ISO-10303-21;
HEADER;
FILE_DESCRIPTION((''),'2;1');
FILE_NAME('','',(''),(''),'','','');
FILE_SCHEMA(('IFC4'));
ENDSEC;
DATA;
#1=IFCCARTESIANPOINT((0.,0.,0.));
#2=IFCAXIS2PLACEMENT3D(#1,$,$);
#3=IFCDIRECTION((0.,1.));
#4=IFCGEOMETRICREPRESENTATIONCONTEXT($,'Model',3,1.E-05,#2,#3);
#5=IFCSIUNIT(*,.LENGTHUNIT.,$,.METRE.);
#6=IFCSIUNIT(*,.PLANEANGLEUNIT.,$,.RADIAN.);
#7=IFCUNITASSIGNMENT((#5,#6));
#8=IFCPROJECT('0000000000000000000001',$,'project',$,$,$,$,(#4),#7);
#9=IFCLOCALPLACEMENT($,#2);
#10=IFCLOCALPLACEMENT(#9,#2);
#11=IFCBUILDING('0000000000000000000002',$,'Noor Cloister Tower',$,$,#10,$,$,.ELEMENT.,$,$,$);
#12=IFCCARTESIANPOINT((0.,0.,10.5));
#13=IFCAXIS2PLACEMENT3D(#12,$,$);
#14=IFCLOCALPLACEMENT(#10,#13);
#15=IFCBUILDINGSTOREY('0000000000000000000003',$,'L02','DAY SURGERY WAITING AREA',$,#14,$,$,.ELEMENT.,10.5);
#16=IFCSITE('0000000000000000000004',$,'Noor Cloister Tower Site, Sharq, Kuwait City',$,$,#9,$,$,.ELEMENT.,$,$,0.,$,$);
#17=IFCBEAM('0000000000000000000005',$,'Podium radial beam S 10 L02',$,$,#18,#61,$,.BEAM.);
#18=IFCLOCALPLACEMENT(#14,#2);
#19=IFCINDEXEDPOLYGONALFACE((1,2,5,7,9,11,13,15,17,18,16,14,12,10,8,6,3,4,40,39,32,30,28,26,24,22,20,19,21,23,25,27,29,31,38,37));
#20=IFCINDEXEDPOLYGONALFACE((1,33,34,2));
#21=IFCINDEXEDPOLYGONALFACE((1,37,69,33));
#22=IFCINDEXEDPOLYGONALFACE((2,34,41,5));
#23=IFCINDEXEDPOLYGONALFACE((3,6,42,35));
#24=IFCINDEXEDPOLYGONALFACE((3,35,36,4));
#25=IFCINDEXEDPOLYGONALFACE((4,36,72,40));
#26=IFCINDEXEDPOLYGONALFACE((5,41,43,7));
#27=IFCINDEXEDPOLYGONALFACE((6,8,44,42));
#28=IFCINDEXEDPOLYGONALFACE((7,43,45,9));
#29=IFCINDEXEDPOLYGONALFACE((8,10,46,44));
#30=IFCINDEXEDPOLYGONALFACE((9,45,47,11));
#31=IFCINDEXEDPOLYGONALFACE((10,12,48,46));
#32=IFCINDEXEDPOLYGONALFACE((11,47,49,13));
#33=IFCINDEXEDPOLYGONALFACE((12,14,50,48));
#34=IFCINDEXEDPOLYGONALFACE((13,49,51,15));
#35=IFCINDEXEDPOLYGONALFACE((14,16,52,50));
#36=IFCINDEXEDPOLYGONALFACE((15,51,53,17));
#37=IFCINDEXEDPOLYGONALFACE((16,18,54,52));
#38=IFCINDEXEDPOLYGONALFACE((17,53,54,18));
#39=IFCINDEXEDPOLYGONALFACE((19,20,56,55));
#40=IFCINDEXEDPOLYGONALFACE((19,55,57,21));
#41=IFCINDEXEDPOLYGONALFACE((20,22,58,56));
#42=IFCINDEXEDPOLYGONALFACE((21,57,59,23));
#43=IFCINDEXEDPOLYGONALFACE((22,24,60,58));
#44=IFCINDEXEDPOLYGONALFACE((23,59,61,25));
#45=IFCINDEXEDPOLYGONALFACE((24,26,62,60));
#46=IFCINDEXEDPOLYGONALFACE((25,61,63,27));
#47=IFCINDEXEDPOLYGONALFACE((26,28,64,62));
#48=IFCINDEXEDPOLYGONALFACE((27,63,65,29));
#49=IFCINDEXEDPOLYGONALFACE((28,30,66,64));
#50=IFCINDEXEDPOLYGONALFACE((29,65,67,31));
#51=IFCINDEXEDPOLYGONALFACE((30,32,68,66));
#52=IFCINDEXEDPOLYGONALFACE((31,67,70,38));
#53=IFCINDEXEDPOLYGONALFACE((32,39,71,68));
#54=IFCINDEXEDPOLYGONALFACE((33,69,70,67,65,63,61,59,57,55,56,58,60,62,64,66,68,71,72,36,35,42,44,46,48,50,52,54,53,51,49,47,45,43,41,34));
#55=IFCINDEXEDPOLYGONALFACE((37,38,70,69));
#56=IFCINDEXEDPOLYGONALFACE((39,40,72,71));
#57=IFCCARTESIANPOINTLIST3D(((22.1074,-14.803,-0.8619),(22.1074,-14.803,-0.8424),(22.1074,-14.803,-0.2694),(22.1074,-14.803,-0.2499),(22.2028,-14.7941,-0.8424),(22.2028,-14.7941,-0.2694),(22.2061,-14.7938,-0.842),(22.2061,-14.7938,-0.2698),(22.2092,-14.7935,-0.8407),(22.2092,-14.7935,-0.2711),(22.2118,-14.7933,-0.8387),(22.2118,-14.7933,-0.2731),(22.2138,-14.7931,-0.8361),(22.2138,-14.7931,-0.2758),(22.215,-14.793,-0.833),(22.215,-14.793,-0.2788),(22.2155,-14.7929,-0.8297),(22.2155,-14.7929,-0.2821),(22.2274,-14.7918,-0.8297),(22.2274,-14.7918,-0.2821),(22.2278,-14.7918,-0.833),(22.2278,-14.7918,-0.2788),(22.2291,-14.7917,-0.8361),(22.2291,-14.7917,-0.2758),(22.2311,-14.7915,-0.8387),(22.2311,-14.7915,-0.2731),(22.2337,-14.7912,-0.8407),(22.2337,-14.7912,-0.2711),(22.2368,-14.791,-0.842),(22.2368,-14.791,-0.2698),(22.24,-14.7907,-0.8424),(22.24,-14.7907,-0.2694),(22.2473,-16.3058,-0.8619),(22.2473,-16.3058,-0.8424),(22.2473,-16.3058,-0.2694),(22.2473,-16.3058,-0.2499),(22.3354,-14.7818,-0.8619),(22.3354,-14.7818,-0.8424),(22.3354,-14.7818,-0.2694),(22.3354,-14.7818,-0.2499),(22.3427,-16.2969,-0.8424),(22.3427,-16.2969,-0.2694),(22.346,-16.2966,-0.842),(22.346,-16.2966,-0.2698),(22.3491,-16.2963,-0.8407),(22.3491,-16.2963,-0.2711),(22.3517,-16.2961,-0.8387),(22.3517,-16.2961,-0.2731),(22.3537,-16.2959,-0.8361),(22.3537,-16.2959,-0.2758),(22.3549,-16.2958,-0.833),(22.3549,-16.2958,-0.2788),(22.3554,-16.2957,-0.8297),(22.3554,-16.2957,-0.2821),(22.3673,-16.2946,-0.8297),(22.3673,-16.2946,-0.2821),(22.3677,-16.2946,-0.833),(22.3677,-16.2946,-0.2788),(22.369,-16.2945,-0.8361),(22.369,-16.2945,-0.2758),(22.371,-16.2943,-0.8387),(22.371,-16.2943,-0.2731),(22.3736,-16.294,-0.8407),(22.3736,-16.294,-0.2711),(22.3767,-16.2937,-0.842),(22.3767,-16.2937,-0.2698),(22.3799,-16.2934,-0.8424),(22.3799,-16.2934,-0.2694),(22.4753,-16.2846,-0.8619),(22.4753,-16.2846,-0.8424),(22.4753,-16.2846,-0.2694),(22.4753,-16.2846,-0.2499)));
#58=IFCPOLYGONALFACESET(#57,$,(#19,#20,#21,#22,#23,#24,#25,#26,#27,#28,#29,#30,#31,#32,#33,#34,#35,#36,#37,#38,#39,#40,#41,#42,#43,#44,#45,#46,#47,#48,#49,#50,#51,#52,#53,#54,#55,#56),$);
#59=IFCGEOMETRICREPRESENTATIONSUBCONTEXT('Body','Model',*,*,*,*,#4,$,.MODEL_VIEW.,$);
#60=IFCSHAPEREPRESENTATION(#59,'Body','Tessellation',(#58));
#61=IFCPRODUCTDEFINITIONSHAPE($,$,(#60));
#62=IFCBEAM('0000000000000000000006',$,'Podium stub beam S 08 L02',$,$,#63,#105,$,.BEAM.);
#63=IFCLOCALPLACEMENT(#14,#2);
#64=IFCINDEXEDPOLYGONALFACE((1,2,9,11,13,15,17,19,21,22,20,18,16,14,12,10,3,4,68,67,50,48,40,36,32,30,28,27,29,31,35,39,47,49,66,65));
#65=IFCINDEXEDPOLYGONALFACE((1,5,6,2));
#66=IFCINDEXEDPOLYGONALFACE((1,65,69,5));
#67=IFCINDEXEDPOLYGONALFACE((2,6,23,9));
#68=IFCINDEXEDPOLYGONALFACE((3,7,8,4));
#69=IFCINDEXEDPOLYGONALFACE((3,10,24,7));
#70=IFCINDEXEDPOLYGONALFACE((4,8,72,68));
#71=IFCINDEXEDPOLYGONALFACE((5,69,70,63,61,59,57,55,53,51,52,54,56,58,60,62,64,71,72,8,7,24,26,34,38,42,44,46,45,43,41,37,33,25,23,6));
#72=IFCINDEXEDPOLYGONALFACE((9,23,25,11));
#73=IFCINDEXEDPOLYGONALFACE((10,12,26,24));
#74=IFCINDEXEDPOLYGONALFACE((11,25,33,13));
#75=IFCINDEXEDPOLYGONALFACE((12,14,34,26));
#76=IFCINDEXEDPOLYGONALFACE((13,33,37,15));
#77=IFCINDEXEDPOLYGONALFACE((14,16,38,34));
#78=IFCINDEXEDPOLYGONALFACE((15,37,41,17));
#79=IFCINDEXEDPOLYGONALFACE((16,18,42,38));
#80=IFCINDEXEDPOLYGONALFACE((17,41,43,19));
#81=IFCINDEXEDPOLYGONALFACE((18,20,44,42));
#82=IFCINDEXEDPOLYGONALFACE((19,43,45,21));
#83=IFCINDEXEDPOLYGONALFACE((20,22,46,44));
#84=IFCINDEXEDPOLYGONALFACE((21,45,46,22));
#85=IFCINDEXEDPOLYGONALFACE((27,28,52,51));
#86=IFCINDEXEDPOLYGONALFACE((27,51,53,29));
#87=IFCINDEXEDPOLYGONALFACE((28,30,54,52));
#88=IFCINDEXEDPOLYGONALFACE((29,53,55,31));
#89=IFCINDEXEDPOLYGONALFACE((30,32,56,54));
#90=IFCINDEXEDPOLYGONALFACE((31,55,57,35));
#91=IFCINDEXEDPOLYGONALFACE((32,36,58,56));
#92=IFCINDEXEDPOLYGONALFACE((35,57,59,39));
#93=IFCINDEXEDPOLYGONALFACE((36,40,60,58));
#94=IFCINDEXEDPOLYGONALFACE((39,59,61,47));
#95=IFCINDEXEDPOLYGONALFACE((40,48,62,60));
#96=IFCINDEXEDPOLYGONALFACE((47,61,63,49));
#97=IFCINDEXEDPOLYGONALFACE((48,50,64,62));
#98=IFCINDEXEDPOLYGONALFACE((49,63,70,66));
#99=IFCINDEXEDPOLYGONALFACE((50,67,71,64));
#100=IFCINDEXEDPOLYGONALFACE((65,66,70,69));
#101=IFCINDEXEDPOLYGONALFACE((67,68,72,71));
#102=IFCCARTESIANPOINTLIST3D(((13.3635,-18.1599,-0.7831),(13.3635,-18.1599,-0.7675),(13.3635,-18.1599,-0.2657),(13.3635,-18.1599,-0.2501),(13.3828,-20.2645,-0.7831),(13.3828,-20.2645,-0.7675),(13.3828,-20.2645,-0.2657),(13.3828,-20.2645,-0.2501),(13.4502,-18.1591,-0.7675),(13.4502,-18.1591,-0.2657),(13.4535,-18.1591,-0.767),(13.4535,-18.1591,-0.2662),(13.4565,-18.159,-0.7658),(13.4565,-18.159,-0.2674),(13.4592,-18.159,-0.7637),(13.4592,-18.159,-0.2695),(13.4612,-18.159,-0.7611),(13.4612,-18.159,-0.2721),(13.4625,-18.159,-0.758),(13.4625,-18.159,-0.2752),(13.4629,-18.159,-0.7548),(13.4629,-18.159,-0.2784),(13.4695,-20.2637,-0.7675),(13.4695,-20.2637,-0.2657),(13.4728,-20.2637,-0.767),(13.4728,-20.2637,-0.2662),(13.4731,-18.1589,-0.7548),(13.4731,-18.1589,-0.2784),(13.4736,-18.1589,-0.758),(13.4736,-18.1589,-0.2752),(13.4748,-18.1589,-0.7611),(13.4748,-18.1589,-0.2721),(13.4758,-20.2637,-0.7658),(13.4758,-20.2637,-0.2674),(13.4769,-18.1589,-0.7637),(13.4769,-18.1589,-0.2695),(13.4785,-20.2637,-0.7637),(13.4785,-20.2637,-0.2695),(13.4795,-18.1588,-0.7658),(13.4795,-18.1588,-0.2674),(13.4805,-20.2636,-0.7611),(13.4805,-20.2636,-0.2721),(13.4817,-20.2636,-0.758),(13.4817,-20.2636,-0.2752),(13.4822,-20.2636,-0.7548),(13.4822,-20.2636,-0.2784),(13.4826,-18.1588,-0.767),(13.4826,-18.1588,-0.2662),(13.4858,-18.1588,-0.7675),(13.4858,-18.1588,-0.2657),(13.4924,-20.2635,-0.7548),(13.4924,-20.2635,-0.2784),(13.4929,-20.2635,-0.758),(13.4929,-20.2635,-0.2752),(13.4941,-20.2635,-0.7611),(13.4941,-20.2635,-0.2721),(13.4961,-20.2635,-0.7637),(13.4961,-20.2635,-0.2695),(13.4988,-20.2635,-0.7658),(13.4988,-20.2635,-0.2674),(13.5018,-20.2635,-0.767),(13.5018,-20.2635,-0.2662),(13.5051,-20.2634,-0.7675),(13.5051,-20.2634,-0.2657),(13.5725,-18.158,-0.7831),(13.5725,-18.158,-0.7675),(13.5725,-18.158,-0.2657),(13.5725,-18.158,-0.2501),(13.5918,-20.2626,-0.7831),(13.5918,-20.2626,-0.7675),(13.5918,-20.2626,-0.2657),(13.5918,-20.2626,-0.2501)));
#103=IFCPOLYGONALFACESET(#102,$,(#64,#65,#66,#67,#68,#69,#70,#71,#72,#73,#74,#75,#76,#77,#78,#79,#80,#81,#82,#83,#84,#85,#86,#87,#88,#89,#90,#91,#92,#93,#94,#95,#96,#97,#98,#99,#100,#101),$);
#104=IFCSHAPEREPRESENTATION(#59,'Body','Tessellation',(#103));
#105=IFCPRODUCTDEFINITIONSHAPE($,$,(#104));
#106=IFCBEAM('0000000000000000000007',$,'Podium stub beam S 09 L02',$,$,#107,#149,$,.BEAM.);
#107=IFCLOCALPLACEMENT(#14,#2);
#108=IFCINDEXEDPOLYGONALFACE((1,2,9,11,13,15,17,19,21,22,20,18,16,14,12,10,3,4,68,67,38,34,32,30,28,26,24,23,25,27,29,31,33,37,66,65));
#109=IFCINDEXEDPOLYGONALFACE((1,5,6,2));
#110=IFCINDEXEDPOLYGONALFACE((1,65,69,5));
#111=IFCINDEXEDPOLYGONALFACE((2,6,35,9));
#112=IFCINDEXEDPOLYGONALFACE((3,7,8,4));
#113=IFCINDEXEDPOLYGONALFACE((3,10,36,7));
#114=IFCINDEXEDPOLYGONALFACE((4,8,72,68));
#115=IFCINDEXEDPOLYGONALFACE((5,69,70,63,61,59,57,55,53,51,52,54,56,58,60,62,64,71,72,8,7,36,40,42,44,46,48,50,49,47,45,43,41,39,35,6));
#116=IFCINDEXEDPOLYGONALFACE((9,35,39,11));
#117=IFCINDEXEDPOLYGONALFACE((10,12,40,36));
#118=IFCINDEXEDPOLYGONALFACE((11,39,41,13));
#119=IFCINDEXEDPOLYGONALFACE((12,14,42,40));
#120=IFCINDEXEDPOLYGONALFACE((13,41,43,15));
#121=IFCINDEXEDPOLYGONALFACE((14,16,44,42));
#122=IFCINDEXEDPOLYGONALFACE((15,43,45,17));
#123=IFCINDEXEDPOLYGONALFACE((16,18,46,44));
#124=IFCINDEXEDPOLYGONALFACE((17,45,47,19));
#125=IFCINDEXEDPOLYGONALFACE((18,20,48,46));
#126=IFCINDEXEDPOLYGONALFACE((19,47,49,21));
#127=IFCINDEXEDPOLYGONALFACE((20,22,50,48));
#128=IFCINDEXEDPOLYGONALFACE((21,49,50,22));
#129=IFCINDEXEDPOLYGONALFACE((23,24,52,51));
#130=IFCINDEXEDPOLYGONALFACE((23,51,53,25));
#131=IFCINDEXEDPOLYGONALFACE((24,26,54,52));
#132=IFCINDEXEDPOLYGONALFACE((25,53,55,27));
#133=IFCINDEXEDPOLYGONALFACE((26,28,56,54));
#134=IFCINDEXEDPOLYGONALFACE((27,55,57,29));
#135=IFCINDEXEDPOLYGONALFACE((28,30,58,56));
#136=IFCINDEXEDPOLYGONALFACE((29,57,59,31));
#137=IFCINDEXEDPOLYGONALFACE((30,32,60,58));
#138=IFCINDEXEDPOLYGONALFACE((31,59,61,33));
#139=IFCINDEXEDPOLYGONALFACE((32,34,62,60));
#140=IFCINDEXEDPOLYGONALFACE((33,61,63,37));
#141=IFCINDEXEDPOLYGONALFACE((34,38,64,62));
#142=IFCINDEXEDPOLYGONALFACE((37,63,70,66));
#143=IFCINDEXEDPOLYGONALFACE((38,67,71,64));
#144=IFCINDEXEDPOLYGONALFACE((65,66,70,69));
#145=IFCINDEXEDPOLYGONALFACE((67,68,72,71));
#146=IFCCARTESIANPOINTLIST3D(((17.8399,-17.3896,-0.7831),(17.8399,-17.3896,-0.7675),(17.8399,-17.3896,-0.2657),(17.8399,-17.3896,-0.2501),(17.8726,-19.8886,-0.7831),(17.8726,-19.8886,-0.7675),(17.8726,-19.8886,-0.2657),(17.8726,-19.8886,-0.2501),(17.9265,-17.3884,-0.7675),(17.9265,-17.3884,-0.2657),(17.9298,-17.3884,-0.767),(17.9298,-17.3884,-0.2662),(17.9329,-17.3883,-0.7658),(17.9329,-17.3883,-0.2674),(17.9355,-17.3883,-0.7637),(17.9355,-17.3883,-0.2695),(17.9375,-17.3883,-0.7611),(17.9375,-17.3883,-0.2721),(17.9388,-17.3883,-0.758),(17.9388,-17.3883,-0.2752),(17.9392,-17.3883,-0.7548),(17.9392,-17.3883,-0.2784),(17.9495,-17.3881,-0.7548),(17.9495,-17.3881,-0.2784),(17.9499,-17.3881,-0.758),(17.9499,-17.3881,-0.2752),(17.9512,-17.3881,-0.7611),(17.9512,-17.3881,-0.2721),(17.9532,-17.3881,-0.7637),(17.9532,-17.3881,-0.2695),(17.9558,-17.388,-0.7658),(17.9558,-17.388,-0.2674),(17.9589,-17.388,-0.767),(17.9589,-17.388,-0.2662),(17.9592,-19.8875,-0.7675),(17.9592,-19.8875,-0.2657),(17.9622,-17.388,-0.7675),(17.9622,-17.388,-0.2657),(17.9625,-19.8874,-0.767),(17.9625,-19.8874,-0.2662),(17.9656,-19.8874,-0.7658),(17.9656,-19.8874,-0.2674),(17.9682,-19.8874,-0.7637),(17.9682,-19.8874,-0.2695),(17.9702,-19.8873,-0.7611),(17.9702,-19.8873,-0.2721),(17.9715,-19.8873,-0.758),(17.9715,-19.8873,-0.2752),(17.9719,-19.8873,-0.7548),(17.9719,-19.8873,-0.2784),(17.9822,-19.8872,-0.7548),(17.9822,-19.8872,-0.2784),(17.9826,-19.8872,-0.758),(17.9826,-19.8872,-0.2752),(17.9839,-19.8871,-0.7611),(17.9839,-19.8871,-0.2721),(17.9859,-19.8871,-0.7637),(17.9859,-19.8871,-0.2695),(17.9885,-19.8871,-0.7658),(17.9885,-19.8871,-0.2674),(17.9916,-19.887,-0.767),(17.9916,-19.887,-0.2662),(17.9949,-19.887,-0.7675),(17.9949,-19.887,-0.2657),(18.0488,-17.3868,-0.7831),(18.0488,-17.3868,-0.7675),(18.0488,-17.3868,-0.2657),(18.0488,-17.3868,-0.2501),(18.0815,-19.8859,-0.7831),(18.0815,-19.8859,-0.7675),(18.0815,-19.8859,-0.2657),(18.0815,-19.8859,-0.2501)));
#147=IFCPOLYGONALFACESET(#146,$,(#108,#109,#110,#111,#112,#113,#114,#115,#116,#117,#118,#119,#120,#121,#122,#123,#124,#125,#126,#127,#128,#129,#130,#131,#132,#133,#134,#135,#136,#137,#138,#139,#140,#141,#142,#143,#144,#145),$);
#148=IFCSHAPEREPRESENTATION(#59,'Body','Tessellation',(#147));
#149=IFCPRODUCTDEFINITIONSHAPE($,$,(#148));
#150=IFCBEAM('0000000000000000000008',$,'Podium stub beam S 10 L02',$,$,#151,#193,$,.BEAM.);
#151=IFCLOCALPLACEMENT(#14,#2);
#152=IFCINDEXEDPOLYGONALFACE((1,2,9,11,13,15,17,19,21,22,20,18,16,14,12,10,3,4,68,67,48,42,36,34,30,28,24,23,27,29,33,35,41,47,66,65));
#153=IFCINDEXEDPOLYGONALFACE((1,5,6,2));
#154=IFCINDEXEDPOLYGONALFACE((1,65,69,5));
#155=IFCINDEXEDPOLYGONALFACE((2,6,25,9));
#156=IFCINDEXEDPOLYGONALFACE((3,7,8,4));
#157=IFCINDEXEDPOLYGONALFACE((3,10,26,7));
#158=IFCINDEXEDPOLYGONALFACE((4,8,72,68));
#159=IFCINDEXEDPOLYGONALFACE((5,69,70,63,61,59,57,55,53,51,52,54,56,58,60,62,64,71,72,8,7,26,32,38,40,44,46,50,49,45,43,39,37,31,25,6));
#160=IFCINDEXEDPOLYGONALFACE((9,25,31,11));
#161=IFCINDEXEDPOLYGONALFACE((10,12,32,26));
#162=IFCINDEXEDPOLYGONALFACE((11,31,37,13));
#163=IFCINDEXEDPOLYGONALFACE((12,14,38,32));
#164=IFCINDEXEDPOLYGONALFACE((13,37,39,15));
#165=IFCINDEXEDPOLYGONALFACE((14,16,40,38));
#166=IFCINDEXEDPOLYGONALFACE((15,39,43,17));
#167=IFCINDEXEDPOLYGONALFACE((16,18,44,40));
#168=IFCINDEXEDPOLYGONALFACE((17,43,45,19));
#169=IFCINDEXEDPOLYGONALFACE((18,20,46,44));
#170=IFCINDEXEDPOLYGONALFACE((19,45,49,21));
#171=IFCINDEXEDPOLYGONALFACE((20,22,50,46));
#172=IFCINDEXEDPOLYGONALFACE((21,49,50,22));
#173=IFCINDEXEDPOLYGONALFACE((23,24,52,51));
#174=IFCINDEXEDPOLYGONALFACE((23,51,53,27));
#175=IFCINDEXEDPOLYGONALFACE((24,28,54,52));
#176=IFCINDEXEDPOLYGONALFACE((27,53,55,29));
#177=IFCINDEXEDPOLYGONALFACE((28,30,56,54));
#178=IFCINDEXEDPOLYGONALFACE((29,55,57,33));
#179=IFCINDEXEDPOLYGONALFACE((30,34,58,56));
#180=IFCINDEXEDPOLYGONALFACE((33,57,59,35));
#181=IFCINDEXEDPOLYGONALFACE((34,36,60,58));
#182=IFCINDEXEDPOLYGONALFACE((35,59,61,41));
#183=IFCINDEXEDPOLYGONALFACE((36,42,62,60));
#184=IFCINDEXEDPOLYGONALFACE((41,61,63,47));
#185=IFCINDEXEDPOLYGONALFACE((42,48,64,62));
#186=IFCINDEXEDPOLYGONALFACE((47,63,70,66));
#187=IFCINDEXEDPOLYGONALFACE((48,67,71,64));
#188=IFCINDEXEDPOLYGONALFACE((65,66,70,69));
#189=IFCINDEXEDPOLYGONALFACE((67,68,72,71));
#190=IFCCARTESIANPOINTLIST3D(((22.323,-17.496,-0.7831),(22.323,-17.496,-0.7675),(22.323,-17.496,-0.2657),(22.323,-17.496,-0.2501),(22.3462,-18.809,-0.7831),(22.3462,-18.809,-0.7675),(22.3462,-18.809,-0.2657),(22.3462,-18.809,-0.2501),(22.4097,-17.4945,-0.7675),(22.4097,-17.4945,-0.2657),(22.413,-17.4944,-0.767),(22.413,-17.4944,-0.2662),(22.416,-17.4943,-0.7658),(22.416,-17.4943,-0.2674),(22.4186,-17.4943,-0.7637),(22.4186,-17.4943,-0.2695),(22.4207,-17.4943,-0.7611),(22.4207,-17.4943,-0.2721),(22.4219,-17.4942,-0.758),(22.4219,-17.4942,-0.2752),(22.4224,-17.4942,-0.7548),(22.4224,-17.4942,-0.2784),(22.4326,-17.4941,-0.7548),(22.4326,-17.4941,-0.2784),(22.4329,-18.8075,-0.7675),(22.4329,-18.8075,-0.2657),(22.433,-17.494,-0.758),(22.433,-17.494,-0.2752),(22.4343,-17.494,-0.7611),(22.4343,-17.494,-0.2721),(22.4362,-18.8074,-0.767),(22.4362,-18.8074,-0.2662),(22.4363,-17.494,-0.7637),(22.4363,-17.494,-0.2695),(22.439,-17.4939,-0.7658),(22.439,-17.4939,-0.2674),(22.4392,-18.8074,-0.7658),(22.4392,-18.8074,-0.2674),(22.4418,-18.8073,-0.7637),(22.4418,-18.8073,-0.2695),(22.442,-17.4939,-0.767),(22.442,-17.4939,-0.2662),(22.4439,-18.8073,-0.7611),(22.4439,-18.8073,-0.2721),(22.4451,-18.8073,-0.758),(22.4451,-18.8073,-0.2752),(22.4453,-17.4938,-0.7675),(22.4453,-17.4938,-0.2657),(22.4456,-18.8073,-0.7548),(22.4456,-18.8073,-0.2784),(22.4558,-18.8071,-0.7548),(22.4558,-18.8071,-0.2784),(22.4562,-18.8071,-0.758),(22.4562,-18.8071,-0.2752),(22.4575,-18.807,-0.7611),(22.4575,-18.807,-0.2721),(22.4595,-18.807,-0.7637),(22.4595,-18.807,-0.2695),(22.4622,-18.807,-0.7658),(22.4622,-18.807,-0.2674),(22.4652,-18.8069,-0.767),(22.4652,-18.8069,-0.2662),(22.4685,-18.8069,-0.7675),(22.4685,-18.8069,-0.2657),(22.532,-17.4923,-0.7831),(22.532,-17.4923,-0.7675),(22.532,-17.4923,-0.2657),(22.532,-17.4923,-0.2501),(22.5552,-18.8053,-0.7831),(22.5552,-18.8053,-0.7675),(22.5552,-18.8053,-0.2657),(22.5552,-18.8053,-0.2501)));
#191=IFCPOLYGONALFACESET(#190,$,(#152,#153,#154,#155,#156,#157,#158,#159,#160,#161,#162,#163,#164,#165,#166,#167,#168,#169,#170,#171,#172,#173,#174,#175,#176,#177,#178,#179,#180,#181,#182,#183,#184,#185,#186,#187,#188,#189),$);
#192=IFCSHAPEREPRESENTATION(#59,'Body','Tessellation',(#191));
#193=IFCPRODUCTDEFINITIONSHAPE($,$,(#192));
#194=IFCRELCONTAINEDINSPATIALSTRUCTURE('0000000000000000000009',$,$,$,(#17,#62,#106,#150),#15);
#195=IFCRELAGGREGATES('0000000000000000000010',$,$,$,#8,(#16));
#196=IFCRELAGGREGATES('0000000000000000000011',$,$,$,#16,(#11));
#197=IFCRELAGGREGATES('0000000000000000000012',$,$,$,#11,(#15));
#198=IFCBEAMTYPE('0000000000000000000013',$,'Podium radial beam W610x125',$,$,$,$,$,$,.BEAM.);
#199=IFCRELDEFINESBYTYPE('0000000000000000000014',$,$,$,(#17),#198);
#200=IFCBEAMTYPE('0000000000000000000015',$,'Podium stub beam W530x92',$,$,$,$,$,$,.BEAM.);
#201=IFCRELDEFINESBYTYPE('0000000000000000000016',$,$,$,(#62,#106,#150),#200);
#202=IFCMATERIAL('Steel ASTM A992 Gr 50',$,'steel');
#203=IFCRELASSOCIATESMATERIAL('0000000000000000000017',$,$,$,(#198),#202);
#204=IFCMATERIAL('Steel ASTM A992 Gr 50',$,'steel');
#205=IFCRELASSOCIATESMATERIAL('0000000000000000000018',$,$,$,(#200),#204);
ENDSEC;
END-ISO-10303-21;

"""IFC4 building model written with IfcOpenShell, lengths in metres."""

from ifc_helpers import new_model, si_unit, direction, frame, origin, origin_2d, place, context, subcontext, project, spatial, i_section, extrude, material, material_profile, profile_set, type_object, element, save


model = new_model("IFC4")

# Units and contexts
model_context = context("Model", 3, precision=1e-05, world=origin(), true_north=direction((0.0, 1.0)))
body_context = subcontext(model_context, "Body", "Model", "MODEL_VIEW")
ifc_project = project(units=[si_unit("LENGTHUNIT", "METRE"), si_unit("PLANEANGLEUNIT", "RADIAN")], contexts=[model_context])

# Site, building, storey
site_placement = place(None, origin())
site = spatial("IfcSite", under=ifc_project, at=site_placement, Name="Noor Cloister Tower Site, Sharq, Kuwait City", CompositionType="ELEMENT", RefElevation=0.0)
building_placement = place(site_placement, origin())
building = spatial("IfcBuilding", under=site, at=building_placement, Name="Noor Cloister Tower", CompositionType="ELEMENT")
storey_placement = place(building_placement, frame((0.0, 0.0, 10.5)))
storey = spatial("IfcBuildingStorey", under=building, at=storey_placement, Name="L02", Description="DAY SURGERY WAITING AREA", CompositionType="ELEMENT", Elevation=10.5)

# Beams
ifc_material_1 = material(Name="Steel ASTM A992 Gr 50", Category="steel")
ifc_material_profile_1 = material_profile(ifc_material_1, i_section(OverallWidth=0.229, OverallDepth=0.6121, WebThickness=0.012, FlangeThickness=0.0195, FilletRadius=0.0127, at=origin_2d()), Name="W610x125")
ifc_profile_set_1 = profile_set([ifc_material_profile_1], Name="Steel ASTM A992 Gr 50")
beam_type_1 = type_object("IfcBeamType", Name="Podium radial beam W610x125", PredefinedType="BEAM", material=ifc_profile_set_1)
beam_1_placement = place(storey_placement, frame((22.3613, -16.2952, -0.5559), z_axis=(-0.092694, 0.995695, 0.0), x_axis=(-0.995695, -0.092694, 0.0)))
element("IfcBeam", 1, at=beam_1_placement, inside=storey, type_object=beam_type_1, Name="Podium radial beam S 10 L02", PredefinedType="BEAM", context=body_context, shape_type="SweptSolid", body=[
    extrude(i_section(OverallWidth=0.229, OverallDepth=0.6121, WebThickness=0.012, FlangeThickness=0.0195, FilletRadius=0.0127, at=origin_2d()), origin(), (0.0, 0.0, 1.0), 1.5093),
])
ifc_material_2 = material(Name="Steel ASTM A992 Gr 50", Category="steel")
ifc_material_profile_2 = material_profile(ifc_material_2, i_section(OverallWidth=0.209, OverallDepth=0.533, WebThickness=0.0103, FlangeThickness=0.0156, FilletRadius=0.0127, at=origin_2d()), Name="W530x92")
ifc_profile_set_2 = profile_set([ifc_material_profile_2], Name="Steel ASTM A992 Gr 50")
beam_type_2 = type_object("IfcBeamType", Name="Podium stub beam W530x92", PredefinedType="BEAM", material=ifc_profile_set_2)
beam_2_placement = place(storey_placement, frame((13.468, -18.1589, -0.5166), z_axis=(0.009163, -0.999958, 0.0), x_axis=(0.999958, 0.009163, 0.0)))
element("IfcBeam", 2, at=beam_2_placement, inside=storey, type_object=beam_type_2, Name="Podium stub beam S 08 L02", PredefinedType="BEAM", context=body_context, shape_type="SweptSolid", body=[
    extrude(i_section(OverallWidth=0.209, OverallDepth=0.533, WebThickness=0.0103, FlangeThickness=0.0156, FilletRadius=0.0127, at=origin_2d()), origin(), (0.0, 0.0, 1.0), 2.1047),
])
beam_3_placement = place(storey_placement, frame((17.9443, -17.3882, -0.5166), z_axis=(0.01309, -0.999914, 0.0), x_axis=(0.999914, 0.01309, 0.0)))
element("IfcBeam", 3, at=beam_3_placement, inside=storey, type_object=beam_type_2, Name="Podium stub beam S 09 L02", PredefinedType="BEAM", context=body_context, shape_type="SweptSolid", body=[
    extrude(i_section(OverallWidth=0.209, OverallDepth=0.533, WebThickness=0.0103, FlangeThickness=0.0156, FilletRadius=0.0127, at=origin_2d()), origin(), (0.0, 0.0, 1.0), 2.4993),
])
beam_4_placement = place(storey_placement, frame((22.4275, -17.4941, -0.5166), z_axis=(0.017662, -0.999844, 0.0), x_axis=(0.999844, 0.017662, 0.0)))
element("IfcBeam", 4, at=beam_4_placement, inside=storey, type_object=beam_type_2, Name="Podium stub beam S 10 L02", PredefinedType="BEAM", context=body_context, shape_type="SweptSolid", body=[
    extrude(i_section(OverallWidth=0.209, OverallDepth=0.533, WebThickness=0.0103, FlangeThickness=0.0156, FilletRadius=0.0127, at=origin_2d()), origin(), (0.0, 0.0, 1.0), 1.3132),
])

save(model, "model.ifc")
